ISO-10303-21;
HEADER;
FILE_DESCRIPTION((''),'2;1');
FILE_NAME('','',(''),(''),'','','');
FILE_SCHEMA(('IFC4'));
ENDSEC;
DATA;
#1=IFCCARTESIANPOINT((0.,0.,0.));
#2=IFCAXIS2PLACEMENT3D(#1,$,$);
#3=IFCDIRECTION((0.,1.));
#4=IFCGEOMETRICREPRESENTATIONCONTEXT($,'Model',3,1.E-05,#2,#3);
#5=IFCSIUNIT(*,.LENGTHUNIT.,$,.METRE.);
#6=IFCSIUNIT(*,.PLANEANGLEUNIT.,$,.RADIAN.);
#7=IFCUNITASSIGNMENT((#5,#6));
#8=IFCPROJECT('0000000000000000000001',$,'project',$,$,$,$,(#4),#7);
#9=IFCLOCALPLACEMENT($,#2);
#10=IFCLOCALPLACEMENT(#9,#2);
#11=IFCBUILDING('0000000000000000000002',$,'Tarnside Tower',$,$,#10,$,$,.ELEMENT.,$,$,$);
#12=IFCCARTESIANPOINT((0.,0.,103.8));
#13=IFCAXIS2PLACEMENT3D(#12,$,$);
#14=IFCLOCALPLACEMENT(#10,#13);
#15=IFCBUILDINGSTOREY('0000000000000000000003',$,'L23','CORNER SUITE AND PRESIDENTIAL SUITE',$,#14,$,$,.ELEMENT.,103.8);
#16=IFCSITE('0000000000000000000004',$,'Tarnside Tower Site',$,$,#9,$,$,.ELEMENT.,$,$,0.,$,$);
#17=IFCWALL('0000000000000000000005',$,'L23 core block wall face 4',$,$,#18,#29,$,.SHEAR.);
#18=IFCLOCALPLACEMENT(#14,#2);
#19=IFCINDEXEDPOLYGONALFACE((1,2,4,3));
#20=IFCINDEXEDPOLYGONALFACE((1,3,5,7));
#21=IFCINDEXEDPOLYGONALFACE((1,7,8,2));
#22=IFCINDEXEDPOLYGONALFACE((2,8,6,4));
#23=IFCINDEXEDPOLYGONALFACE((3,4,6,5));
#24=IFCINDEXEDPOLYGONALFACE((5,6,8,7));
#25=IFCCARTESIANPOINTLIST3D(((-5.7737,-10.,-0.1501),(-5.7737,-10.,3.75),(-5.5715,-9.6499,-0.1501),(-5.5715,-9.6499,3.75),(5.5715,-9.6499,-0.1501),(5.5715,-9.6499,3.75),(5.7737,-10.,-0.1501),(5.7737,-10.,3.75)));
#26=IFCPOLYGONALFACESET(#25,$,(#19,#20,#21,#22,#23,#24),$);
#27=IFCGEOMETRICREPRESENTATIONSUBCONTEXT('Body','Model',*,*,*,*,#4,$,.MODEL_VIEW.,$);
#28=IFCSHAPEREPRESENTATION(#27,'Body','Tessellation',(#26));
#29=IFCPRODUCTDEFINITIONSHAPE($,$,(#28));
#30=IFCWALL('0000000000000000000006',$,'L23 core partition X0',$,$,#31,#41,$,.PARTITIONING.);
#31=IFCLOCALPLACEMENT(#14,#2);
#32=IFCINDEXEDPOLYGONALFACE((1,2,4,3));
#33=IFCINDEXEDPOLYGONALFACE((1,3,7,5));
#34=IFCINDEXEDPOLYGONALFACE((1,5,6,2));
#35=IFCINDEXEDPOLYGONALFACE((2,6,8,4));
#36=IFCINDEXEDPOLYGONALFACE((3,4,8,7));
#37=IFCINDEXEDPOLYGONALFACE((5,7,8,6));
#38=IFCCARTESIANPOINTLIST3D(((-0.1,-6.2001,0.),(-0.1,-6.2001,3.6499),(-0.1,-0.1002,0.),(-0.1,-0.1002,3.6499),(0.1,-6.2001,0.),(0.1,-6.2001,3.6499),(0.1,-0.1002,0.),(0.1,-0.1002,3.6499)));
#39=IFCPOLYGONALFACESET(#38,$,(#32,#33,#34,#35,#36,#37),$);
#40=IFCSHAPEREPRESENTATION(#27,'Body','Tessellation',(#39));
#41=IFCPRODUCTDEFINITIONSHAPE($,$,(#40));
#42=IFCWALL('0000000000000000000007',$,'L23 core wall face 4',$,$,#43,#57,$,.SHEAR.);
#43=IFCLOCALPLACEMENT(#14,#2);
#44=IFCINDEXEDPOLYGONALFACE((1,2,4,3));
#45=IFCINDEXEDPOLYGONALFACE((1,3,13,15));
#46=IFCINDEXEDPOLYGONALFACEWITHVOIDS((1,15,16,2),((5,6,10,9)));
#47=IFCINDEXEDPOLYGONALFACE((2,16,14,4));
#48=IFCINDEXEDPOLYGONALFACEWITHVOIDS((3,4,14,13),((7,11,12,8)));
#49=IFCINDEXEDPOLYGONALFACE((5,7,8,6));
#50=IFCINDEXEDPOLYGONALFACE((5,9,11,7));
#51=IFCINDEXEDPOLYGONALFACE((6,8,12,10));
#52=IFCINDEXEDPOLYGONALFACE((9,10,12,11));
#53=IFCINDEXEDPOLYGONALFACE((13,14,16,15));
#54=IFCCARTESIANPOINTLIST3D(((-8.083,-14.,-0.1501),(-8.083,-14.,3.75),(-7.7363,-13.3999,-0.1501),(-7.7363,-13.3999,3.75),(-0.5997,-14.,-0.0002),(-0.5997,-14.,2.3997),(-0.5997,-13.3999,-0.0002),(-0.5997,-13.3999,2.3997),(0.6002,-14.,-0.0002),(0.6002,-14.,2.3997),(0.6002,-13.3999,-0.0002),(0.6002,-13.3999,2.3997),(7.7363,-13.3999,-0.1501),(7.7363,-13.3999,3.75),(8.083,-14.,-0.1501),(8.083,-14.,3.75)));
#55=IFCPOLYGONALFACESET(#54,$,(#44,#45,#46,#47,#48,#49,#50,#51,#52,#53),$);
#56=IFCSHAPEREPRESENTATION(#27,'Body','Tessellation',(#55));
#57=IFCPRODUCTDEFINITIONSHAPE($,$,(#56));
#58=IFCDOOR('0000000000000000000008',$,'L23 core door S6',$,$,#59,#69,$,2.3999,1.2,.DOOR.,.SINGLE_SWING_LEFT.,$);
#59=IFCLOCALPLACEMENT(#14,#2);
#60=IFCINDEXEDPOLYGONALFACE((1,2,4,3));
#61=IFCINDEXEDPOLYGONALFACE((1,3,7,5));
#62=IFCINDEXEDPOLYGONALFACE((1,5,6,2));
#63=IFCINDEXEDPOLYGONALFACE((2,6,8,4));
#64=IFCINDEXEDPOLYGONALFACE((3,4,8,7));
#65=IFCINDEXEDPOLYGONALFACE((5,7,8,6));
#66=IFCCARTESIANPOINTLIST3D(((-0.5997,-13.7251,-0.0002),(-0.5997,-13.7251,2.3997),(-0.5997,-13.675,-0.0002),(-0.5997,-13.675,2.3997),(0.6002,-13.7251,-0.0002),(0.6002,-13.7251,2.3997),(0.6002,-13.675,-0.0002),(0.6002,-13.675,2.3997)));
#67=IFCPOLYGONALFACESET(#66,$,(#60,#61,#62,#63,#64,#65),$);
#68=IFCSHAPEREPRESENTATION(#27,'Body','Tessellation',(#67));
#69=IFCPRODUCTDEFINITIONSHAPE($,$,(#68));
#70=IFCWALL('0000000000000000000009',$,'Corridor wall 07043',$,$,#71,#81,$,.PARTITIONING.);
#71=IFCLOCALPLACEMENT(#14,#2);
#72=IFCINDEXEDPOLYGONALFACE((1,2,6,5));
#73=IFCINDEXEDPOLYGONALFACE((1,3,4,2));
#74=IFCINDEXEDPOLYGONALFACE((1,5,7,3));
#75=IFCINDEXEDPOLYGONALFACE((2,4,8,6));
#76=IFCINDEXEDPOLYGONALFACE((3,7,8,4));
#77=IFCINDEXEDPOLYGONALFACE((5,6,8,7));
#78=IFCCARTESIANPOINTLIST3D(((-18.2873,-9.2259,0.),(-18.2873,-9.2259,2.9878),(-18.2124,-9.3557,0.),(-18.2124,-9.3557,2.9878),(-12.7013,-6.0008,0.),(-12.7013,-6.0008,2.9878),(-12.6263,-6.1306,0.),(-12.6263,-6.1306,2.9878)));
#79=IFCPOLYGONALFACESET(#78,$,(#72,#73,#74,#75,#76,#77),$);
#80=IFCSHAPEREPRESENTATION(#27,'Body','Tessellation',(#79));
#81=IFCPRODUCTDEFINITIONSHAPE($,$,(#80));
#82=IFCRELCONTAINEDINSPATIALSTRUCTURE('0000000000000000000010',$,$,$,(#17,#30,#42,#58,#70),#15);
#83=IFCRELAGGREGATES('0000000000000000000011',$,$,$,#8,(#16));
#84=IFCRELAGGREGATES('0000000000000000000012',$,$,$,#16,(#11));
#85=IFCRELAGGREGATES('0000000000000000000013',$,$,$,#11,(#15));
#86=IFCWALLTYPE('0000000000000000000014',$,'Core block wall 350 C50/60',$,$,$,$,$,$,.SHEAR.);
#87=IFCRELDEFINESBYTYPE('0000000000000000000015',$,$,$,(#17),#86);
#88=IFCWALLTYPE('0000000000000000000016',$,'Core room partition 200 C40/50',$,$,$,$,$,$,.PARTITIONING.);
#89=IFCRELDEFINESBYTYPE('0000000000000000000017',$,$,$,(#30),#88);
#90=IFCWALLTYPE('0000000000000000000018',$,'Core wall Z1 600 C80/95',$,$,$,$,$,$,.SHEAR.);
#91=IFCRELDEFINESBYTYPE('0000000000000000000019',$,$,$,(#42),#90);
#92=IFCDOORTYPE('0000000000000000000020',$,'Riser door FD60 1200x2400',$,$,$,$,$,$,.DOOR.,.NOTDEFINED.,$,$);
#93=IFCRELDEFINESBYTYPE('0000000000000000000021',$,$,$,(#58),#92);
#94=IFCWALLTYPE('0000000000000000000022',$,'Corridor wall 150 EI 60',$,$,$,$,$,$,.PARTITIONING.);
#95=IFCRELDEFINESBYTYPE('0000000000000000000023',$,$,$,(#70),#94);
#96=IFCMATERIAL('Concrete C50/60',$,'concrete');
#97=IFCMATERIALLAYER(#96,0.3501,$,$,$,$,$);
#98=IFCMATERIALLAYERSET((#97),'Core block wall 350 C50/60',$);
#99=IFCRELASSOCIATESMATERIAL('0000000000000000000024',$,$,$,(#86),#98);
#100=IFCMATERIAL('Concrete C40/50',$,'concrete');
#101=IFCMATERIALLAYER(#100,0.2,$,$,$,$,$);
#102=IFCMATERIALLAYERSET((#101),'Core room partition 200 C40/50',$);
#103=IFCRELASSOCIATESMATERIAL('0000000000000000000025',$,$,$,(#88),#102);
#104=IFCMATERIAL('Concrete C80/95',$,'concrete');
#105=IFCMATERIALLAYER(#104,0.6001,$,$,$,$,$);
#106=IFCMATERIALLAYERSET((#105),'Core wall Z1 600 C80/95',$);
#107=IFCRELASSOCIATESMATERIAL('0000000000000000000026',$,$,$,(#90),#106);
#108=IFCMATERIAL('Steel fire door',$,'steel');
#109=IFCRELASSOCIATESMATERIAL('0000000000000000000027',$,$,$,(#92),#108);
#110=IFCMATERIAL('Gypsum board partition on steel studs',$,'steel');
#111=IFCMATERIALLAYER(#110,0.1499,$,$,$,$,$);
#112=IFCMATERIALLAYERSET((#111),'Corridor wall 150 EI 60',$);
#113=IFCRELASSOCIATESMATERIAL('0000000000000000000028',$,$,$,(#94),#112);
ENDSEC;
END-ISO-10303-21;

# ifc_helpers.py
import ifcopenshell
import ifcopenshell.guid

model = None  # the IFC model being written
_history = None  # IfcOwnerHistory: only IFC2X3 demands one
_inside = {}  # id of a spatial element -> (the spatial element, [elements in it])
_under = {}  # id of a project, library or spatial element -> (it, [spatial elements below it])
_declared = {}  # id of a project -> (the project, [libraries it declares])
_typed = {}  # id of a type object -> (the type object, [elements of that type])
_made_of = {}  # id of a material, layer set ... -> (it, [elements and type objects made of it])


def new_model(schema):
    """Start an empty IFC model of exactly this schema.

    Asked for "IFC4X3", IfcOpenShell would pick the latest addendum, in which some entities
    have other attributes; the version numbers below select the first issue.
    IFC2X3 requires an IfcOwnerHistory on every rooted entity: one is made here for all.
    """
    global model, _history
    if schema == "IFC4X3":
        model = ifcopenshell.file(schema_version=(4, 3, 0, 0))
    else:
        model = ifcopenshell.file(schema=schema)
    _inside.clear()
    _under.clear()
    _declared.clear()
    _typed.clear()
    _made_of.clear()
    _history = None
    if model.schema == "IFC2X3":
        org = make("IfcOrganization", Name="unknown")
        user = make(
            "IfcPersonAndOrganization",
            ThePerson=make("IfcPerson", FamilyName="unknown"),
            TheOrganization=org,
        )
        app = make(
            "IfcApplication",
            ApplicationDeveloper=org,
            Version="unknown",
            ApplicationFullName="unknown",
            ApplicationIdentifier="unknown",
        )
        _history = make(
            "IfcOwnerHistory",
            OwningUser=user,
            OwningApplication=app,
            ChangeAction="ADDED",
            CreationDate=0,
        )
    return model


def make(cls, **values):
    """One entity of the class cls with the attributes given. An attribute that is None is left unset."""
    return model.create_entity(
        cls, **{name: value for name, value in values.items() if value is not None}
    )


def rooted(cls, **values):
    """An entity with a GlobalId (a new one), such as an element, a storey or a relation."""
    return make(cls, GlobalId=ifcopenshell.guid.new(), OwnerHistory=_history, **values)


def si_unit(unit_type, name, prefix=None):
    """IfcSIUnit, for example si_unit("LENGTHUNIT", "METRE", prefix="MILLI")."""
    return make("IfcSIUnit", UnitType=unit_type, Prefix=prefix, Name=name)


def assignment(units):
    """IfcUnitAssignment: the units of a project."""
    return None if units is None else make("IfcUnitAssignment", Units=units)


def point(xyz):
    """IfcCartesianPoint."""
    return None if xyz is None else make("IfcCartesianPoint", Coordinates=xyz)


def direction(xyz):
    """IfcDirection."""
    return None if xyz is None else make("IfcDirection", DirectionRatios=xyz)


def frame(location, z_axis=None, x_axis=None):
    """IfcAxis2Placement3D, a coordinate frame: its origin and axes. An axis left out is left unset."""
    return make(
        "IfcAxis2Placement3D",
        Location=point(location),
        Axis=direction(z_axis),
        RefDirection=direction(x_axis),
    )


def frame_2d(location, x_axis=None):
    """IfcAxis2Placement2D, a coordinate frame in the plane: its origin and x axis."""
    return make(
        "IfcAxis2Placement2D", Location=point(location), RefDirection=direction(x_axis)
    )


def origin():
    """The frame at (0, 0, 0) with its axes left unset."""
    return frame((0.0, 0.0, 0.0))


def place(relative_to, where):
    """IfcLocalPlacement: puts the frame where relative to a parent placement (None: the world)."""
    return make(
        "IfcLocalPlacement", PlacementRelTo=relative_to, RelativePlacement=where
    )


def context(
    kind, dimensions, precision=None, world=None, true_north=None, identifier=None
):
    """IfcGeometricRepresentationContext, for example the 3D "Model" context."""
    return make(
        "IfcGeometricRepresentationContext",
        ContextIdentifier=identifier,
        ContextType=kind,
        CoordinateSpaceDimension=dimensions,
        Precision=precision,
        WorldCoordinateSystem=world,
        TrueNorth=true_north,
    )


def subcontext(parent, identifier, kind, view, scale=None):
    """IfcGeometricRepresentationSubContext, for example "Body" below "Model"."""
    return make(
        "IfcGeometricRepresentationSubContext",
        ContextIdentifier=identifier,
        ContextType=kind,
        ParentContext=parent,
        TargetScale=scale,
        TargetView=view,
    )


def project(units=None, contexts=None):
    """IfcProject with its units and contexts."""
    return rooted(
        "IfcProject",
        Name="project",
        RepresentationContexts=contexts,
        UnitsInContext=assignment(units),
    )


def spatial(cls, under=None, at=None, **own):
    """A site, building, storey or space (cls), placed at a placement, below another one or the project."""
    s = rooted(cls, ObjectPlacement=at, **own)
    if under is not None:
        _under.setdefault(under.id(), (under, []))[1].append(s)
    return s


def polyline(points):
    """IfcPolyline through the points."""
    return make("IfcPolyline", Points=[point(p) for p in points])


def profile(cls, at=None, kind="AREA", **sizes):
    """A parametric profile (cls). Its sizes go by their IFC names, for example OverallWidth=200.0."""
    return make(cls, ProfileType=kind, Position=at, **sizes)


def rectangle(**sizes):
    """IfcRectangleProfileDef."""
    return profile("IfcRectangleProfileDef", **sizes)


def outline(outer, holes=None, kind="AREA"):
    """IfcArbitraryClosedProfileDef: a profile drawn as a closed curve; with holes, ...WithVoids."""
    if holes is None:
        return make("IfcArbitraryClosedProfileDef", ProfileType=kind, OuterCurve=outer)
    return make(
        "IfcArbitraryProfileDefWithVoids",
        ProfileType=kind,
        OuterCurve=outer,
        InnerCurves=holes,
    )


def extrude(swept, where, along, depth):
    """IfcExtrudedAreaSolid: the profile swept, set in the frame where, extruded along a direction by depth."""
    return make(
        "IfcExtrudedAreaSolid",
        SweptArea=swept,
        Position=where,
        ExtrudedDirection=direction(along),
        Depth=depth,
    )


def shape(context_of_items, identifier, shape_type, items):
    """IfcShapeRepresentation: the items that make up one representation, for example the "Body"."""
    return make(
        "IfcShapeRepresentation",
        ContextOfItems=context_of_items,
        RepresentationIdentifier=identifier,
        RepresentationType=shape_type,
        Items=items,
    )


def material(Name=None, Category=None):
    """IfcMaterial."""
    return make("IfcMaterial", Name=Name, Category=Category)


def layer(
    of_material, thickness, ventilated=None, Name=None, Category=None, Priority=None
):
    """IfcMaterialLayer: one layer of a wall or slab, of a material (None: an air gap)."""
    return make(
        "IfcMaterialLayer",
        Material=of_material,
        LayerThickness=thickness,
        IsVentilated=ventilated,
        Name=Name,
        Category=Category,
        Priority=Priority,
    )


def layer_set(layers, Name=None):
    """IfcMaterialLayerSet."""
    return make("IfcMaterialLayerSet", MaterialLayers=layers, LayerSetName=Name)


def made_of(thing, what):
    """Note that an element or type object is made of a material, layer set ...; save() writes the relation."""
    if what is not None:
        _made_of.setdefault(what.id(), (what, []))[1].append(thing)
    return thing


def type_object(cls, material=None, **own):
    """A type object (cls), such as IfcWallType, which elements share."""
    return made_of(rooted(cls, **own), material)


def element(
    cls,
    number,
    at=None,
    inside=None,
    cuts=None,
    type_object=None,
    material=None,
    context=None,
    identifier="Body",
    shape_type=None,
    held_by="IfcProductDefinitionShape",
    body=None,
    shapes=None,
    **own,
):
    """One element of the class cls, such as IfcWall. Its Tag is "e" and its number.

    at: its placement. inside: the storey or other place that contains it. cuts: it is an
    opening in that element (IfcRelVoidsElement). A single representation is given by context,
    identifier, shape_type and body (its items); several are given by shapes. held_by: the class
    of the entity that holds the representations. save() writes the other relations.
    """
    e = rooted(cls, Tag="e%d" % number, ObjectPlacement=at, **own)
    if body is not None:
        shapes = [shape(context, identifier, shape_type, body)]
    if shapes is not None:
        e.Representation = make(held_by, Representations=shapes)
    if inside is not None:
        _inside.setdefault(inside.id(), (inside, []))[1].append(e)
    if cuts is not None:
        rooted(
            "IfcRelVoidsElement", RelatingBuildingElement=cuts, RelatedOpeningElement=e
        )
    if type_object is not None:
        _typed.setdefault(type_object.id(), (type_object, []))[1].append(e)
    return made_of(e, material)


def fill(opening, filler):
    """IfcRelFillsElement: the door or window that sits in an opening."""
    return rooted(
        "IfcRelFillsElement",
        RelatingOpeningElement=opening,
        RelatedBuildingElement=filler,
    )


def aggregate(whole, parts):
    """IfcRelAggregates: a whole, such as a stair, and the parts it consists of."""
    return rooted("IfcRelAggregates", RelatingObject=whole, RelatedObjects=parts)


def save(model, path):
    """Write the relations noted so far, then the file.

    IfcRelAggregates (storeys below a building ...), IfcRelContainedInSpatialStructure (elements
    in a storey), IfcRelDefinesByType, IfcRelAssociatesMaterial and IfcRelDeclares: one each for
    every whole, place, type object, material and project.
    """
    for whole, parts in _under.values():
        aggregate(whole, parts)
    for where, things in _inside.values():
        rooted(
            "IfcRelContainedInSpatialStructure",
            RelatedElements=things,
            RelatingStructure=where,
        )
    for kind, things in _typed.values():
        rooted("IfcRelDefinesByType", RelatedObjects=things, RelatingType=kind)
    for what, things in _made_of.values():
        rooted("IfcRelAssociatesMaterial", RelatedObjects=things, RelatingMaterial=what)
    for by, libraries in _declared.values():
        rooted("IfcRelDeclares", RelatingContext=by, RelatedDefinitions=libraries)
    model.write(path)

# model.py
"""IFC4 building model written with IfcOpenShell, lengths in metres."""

from ifc_helpers import new_model, si_unit, direction, frame, frame_2d, origin, place, context, subcontext, project, spatial, polyline, rectangle, outline, extrude, material, layer, layer_set, type_object, element, fill, save


model = new_model("IFC4")

# Units and contexts
model_context = context("Model", 3, precision=1e-05, world=origin(), true_north=direction((0.0, 1.0)))
body_context = subcontext(model_context, "Body", "Model", "MODEL_VIEW")
ifc_project = project(units=[si_unit("LENGTHUNIT", "METRE"), si_unit("PLANEANGLEUNIT", "RADIAN")], contexts=[model_context])

# Site, building, storey
site_placement = place(None, origin())
site = spatial("IfcSite", under=ifc_project, at=site_placement, Name="Tarnside Tower Site", CompositionType="ELEMENT", RefElevation=0.0)
building_placement = place(site_placement, origin())
building = spatial("IfcBuilding", under=site, at=building_placement, Name="Tarnside Tower", CompositionType="ELEMENT")
storey_placement = place(building_placement, frame((0.0, 0.0, 103.8)))
storey = spatial("IfcBuildingStorey", under=building, at=storey_placement, Name="L23", Description="CORNER SUITE AND PRESIDENTIAL SUITE", CompositionType="ELEMENT", Elevation=103.8)

# Walls
ifc_material_1 = material(Name="Concrete C50/60", Category="concrete")
ifc_layer_1 = layer(ifc_material_1, 0.3501)
ifc_layer_set_1 = layer_set([ifc_layer_1], Name="Core block wall 350 C50/60")
wall_type_1 = type_object("IfcWallType", Name="Core block wall 350 C50/60", PredefinedType="SHEAR", material=ifc_layer_set_1)
wall_1_placement = place(storey_placement, frame((-5.6726, -9.825, -0.1501), z_axis=(0.0, 0.0, 1.0), x_axis=(1.0, 0.0, 0.0)))
element("IfcWall", 1, at=wall_1_placement, inside=storey, type_object=wall_type_1, Name="L23 core block wall face 4", PredefinedType="SHEAR", context=body_context, shape_type="SweptSolid", body=[
    extrude(outline(polyline([(-0.1011, -0.175), (11.4463, -0.175), (11.2441, 0.175), (0.1011, 0.175), (-0.1011, -0.175)])), origin(), (0.0, 0.0, 1.0), 3.9001),
])
ifc_material_2 = material(Name="Concrete C40/50", Category="concrete")
ifc_layer_2 = layer(ifc_material_2, 0.2)
ifc_layer_set_2 = layer_set([ifc_layer_2], Name="Core room partition 200 C40/50")
wall_type_2 = type_object("IfcWallType", Name="Core room partition 200 C40/50", PredefinedType="PARTITIONING", material=ifc_layer_set_2)
wall_2_placement = place(storey_placement, frame((0.0, -6.2, 0.0), z_axis=(0.0, 0.0, 1.0), x_axis=(0.0, 1.0, 0.0)))
element("IfcWall", 2, at=wall_2_placement, inside=storey, type_object=wall_type_2, Name="L23 core partition X0", PredefinedType="PARTITIONING", context=body_context, shape_type="SweptSolid", body=[
    extrude(rectangle(XDim=6.0999, YDim=0.2, at=frame_2d((3.0498, 0.0))), origin(), (0.0, 0.0, 1.0), 3.6499),
])

# Wall, opening, door
ifc_material_3 = material(Name="Concrete C80/95", Category="concrete")
ifc_layer_3 = layer(ifc_material_3, 0.6001)
ifc_layer_set_3 = layer_set([ifc_layer_3], Name="Core wall Z1 600 C80/95")
wall_type_3 = type_object("IfcWallType", Name="Core wall Z1 600 C80/95", PredefinedType="SHEAR", material=ifc_layer_set_3)
wall_3_placement = place(storey_placement, frame((-7.9097, -13.7, -0.1501), z_axis=(0.0, 0.0, 1.0), x_axis=(1.0, 0.0, 0.0)))
wall_3 = element("IfcWall", 3, at=wall_3_placement, inside=storey, type_object=wall_type_3, Name="L23 core wall face 4", PredefinedType="SHEAR", context=body_context, shape_type="SweptSolid", body=[
    extrude(outline(polyline([(-0.1733, -0.3), (15.9927, -0.3), (15.646, 0.3), (0.1733, 0.3), (-0.1733, -0.3)])), origin(), (0.0, 0.0, 1.0), 3.9001),
])
opening_1_placement = place(wall_3_placement, frame((7.3098, 0.0, 0.1499)))
opening_1 = element("IfcOpeningElement", 4, at=opening_1_placement, cuts=wall_3, PredefinedType="OPENING", context=body_context, shape_type="SweptSolid", body=[
    extrude(rectangle(XDim=1.2, YDim=2.3999, at=frame_2d((0.6001, 1.2))), frame((0.0, 0.3101, 0.0), z_axis=(0.0, -1.0, 0.0), x_axis=(1.0, 0.0, 0.0)), (0.0, 0.0, 1.0), 0.6201),
])
ifc_material_4 = material(Name="Steel fire door", Category="steel")
door_type_1 = type_object("IfcDoorType", Name="Riser door FD60 1200x2400", OperationType="NOTDEFINED", PredefinedType="DOOR", material=ifc_material_4)
door_1_placement = place(opening_1_placement, origin())
door_1 = element("IfcDoor", 5, at=door_1_placement, inside=storey, type_object=door_type_1, Name="L23 core door S6", OperationType="SINGLE_SWING_LEFT", OverallHeight=2.3999, OverallWidth=1.2, PredefinedType="DOOR", context=body_context, shape_type="SweptSolid", body=[
    extrude(rectangle(XDim=1.2, YDim=2.3999, at=frame_2d((0.6001, 1.2))), frame((0.0, 0.0249, 0.0), z_axis=(0.0, -1.0, 0.0), x_axis=(1.0, 0.0, 0.0)), (0.0, 0.0, 1.0), 0.05),
])
fill(opening_1, door_1)

# Wall
ifc_material_5 = material(Name="Gypsum board partition on steel studs", Category="steel")
ifc_layer_4 = layer(ifc_material_5, 0.1499)
ifc_layer_set_4 = layer_set([ifc_layer_4], Name="Corridor wall 150 EI 60")
wall_type_4 = type_object("IfcWallType", Name="Corridor wall 150 EI 60", PredefinedType="PARTITIONING", material=ifc_layer_set_4)
wall_4_placement = place(storey_placement, frame((-12.6638, -6.0657, 0.0), z_axis=(0.0, 0.0, 1.0), x_axis=(-0.866022, -0.500006, 0.0)))
element("IfcWall", 6, at=wall_4_placement, inside=storey, type_object=wall_type_4, Name="Corridor wall 07043", PredefinedType="PARTITIONING", context=body_context, shape_type="SweptSolid", body=[
    extrude(rectangle(XDim=6.4502, YDim=0.1499, at=frame_2d((3.2251, 0.0))), origin(), (0.0, 0.0, 1.0), 2.9878),
])

save(model, "model.ifc")
